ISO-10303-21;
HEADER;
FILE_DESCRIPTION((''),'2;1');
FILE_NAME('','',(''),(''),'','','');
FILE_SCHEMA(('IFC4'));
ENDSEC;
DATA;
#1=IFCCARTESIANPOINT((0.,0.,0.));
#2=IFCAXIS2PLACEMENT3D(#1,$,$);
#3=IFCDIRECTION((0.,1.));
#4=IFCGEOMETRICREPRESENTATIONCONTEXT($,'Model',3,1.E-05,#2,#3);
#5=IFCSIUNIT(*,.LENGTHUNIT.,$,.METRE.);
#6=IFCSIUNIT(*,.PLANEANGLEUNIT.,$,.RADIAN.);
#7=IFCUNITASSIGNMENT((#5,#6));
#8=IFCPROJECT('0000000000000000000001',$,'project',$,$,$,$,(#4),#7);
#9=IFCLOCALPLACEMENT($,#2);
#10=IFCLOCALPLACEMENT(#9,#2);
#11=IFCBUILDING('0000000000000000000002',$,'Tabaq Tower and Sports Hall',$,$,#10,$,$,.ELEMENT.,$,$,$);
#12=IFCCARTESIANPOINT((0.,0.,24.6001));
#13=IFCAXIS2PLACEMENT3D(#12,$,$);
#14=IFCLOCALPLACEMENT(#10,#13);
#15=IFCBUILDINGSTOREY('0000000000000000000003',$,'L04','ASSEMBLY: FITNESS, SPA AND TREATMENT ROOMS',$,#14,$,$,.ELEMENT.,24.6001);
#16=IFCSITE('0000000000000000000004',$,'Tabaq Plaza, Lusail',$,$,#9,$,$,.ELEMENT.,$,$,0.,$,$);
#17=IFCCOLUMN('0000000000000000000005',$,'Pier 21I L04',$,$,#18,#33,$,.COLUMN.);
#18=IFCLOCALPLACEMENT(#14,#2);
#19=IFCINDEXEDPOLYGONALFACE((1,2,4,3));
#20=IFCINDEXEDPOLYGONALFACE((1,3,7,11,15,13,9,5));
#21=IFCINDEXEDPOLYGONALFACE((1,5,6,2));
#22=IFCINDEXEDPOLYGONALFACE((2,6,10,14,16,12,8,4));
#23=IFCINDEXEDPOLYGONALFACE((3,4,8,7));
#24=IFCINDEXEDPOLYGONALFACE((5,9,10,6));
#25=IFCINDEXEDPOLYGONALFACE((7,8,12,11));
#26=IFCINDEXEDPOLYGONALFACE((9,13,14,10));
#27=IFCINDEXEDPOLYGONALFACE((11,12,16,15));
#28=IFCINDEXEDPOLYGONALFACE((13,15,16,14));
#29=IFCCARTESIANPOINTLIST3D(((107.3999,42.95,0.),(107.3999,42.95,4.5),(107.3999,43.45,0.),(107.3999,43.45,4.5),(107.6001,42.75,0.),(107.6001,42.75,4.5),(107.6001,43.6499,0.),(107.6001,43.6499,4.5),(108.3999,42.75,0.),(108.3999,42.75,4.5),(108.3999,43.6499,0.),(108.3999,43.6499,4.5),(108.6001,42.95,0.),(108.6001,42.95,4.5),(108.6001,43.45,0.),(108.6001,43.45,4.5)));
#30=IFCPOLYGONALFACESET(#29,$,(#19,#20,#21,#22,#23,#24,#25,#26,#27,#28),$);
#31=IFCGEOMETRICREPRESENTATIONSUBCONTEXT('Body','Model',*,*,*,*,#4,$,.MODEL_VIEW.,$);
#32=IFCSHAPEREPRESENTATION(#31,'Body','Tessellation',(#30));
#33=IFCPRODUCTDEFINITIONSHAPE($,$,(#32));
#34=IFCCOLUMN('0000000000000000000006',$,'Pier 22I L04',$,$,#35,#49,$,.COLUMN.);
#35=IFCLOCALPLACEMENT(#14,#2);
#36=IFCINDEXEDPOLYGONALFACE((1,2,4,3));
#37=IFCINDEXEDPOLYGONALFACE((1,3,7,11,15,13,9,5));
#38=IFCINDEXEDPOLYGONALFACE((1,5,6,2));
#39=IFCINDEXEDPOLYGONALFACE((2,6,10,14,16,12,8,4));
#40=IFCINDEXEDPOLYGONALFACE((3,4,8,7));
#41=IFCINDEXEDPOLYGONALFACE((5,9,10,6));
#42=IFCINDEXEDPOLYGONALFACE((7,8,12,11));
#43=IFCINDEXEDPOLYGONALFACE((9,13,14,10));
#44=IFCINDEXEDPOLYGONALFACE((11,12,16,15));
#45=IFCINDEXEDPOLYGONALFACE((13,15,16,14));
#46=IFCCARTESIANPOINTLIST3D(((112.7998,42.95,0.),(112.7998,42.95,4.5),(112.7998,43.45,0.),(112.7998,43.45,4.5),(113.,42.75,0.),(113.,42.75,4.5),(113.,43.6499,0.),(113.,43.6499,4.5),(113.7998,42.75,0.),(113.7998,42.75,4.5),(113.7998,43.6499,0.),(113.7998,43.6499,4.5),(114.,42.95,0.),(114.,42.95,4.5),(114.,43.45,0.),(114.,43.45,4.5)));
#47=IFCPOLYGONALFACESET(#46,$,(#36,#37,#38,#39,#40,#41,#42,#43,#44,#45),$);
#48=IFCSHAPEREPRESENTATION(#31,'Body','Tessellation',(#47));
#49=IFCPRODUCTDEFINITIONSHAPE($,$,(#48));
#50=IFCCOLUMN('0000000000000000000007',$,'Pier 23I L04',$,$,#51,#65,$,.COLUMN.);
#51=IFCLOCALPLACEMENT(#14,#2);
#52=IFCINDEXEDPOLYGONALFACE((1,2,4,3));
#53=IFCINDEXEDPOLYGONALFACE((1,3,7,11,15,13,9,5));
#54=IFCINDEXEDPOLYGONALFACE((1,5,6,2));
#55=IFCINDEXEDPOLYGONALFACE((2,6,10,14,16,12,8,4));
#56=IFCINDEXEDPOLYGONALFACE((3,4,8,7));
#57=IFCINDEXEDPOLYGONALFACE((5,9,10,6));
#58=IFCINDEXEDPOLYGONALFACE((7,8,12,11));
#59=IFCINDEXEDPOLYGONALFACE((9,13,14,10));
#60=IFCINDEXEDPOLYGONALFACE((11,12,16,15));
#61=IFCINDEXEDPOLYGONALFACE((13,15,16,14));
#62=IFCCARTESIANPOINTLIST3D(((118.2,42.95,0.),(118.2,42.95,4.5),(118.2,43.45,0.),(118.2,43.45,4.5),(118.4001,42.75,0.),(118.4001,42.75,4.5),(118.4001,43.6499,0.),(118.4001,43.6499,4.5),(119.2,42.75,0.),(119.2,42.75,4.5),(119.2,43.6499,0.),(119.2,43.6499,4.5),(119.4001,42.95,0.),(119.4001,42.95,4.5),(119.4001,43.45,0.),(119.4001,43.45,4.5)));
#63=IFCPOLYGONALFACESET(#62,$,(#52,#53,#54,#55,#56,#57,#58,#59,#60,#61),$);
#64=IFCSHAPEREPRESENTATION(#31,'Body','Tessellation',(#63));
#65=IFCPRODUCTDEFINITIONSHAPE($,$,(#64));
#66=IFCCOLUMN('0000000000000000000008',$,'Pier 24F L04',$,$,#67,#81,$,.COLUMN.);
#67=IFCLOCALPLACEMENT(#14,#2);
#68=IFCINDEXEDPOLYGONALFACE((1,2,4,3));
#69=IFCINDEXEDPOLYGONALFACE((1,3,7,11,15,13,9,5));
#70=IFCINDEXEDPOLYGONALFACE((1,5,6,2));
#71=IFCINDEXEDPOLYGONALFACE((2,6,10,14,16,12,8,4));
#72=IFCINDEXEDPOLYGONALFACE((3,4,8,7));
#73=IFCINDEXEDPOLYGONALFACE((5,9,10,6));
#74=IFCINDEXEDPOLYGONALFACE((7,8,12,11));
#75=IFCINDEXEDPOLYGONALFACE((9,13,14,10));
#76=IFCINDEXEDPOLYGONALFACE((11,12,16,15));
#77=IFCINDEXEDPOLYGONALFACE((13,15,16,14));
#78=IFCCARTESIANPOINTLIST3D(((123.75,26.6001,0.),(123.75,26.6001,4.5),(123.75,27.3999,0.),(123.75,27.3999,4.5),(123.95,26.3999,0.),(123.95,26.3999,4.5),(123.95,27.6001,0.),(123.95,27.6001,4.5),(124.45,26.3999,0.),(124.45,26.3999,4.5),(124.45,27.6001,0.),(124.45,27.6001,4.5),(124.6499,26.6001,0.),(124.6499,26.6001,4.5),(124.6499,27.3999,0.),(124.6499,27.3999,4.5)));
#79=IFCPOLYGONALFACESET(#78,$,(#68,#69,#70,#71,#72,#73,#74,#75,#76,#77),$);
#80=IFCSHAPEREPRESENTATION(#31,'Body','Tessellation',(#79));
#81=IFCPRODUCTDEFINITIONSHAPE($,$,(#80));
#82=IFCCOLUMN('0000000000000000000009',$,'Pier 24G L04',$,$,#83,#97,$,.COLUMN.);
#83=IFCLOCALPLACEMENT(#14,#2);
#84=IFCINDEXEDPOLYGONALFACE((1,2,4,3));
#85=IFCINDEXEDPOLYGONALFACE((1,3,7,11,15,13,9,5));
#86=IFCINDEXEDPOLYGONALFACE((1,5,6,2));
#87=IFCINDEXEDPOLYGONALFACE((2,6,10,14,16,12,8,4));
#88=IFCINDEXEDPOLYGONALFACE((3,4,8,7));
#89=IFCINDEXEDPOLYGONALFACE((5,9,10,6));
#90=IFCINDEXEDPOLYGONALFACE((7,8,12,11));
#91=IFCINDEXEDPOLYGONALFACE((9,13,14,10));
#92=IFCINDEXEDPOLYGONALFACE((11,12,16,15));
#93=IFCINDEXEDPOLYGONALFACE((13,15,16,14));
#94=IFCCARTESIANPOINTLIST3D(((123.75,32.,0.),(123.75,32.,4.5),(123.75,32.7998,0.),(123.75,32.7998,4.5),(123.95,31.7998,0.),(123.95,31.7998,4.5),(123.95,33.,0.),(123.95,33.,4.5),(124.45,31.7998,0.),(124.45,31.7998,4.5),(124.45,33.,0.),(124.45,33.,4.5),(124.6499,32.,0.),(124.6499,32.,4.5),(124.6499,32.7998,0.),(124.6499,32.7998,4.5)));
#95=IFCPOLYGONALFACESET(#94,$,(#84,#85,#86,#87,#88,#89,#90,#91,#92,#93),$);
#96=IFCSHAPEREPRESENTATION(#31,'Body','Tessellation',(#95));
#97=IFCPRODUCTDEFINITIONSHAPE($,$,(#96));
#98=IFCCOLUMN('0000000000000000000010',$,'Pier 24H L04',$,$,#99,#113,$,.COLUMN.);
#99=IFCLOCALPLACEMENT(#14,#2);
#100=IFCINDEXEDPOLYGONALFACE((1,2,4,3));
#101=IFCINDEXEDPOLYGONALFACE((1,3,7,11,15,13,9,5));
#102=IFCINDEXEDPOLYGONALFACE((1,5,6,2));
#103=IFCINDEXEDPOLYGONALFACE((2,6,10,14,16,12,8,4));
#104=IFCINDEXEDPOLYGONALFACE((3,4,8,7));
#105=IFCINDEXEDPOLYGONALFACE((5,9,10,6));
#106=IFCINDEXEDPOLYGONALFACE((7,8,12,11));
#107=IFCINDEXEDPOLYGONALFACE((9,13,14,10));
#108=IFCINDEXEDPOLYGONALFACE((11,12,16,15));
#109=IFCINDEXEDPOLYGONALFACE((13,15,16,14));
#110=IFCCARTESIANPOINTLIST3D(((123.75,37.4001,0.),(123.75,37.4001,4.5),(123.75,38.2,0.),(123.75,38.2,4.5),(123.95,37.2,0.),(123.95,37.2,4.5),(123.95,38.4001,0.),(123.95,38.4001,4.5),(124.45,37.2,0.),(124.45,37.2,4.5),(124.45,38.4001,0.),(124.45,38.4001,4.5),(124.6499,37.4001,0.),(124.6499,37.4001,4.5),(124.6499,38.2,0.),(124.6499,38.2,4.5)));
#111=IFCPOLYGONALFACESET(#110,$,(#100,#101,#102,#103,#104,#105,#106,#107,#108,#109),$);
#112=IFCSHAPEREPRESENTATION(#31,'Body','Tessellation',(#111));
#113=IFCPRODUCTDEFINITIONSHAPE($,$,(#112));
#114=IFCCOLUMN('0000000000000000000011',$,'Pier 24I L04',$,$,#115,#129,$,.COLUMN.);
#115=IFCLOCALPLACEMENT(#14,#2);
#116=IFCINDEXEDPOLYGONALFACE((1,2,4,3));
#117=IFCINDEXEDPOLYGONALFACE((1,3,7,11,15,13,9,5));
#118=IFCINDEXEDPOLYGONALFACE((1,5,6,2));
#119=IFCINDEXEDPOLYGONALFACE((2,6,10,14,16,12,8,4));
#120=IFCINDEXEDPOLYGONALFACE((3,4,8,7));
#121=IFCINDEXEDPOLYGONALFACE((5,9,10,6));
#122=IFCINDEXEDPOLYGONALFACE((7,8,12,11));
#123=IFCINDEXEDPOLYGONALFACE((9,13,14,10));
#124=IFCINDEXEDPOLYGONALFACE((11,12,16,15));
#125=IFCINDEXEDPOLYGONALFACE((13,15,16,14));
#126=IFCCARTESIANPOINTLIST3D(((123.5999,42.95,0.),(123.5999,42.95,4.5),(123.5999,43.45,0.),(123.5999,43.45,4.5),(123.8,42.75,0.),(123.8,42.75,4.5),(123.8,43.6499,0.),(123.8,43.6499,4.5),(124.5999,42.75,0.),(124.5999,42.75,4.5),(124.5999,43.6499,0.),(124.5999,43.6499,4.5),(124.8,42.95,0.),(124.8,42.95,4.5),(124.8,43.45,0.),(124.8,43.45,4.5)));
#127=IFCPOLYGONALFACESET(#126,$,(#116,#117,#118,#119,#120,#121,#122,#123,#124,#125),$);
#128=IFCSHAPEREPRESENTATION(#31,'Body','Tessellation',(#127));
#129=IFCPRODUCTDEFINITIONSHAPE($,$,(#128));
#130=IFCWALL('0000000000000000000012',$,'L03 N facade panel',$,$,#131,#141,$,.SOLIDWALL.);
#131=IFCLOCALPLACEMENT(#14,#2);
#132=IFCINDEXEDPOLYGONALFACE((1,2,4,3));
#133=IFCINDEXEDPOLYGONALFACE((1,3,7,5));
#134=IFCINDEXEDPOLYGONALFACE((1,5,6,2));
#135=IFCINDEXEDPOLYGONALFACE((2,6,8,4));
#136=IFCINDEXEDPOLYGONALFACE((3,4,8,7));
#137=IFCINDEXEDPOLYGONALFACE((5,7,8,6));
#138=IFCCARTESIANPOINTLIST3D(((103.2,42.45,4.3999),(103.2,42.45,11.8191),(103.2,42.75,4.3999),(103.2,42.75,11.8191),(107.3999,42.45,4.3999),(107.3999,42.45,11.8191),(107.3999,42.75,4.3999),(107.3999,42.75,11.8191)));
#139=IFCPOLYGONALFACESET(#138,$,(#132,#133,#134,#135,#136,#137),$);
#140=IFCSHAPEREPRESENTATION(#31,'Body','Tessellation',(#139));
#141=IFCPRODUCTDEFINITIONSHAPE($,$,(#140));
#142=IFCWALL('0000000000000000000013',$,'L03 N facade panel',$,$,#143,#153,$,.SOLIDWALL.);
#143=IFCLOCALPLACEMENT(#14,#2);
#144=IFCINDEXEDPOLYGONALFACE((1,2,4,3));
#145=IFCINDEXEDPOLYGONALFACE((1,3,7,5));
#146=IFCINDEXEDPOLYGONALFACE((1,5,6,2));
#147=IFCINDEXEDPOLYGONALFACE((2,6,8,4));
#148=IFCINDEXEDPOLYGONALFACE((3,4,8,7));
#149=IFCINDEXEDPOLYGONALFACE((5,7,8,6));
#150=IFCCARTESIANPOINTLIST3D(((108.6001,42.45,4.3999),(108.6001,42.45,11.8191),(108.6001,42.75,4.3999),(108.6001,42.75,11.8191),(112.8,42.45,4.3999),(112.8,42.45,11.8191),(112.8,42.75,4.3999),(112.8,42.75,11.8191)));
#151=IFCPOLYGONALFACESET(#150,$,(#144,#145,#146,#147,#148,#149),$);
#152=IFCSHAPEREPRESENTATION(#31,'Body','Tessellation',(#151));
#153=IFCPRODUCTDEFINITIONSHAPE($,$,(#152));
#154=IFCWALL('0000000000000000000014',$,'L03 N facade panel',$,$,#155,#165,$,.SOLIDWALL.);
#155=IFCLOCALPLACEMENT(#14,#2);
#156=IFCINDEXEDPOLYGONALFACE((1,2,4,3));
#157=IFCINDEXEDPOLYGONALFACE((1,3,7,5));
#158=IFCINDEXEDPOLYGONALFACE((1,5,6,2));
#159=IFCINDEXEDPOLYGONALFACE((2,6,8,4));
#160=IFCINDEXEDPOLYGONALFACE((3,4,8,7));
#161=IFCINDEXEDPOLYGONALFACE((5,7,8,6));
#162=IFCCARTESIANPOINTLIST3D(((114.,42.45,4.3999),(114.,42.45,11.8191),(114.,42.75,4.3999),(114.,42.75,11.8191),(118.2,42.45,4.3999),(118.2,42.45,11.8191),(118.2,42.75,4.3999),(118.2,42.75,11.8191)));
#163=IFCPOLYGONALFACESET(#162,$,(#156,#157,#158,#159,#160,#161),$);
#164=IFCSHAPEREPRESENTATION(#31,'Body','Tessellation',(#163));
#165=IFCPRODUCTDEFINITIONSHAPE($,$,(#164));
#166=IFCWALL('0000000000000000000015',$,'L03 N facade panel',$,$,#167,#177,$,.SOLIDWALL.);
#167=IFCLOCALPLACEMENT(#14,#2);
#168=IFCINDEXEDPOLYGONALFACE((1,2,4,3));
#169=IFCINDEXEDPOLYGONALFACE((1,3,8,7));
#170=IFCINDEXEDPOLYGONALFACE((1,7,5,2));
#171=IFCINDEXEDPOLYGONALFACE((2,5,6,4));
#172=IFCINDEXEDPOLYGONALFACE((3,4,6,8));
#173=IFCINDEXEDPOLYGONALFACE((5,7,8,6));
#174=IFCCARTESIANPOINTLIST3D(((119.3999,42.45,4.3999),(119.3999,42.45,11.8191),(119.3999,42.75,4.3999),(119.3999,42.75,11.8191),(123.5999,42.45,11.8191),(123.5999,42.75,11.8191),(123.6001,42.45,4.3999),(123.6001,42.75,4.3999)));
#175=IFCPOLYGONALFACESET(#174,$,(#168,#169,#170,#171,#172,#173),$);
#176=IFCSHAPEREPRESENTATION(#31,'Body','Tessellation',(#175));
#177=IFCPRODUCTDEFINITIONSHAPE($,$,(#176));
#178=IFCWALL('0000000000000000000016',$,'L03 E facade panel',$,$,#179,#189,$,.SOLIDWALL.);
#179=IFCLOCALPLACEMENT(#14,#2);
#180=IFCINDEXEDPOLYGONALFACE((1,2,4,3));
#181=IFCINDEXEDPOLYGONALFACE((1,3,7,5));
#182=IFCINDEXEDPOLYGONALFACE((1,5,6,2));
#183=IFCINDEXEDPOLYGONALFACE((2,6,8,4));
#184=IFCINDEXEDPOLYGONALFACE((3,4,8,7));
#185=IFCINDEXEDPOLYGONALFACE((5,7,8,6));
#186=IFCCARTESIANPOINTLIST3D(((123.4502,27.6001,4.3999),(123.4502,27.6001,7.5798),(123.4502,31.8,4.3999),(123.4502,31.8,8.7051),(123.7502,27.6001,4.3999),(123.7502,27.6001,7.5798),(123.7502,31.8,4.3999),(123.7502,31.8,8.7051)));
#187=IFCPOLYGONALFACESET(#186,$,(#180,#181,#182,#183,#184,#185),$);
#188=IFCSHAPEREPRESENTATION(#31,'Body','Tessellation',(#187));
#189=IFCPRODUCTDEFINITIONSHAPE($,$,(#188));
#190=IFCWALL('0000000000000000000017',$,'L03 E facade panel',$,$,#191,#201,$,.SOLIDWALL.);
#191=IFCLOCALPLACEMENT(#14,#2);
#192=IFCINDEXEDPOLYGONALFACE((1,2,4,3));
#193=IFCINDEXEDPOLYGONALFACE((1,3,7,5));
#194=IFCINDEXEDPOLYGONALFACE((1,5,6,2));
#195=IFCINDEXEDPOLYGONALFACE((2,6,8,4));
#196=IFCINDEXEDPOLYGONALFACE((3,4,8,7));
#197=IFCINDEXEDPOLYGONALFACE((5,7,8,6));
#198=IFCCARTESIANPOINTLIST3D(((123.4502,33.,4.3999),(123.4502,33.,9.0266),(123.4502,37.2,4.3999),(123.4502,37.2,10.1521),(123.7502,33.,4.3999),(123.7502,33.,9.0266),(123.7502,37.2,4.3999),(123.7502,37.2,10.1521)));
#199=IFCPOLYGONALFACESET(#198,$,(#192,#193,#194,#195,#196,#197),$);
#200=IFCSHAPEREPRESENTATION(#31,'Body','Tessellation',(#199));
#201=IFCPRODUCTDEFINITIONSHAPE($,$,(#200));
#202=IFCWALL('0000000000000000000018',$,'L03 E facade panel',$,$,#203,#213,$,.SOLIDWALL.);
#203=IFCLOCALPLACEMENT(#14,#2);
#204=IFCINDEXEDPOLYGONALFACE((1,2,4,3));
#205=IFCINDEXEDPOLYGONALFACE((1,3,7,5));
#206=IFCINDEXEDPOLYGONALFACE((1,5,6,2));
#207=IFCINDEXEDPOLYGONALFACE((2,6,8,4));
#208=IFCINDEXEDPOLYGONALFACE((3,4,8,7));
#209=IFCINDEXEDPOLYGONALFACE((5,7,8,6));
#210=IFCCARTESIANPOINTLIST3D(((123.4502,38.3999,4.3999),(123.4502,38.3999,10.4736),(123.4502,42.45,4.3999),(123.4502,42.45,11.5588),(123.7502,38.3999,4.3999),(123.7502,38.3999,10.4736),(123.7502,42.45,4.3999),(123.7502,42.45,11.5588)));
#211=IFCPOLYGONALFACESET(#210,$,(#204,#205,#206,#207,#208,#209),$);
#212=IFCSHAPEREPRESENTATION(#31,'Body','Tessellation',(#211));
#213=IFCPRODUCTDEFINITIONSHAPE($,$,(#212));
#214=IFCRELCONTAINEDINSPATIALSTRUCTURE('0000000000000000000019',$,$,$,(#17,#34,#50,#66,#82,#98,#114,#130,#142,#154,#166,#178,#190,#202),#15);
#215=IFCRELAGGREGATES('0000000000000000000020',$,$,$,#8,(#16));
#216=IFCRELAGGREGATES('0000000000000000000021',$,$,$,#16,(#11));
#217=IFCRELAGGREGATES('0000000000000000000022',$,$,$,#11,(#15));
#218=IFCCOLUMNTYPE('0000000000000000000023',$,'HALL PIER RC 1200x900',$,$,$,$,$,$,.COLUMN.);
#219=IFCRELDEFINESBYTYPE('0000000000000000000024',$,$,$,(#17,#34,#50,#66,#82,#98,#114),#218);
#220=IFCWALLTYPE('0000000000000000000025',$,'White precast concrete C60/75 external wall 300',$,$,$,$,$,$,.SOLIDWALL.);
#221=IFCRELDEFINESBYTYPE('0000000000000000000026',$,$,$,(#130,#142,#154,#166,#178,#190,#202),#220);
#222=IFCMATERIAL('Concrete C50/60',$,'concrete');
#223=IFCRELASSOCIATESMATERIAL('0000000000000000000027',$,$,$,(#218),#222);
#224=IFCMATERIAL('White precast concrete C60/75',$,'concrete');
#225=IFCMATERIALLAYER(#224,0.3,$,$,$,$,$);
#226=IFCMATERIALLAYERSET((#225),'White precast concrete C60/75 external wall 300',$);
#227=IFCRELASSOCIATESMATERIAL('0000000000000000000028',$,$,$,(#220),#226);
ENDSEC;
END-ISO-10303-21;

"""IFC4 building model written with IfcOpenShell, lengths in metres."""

from ifc_helpers import new_model, si_unit, direction, frame, origin, place, context, subcontext, project, spatial, polyline, outline, extrude, material, layer, layer_set, material_profile, profile_set, type_object, element, save


model = new_model("IFC4")

# Units and contexts
model_context = context("Model", 3, precision=1e-05, world=origin(), true_north=direction((0.0, 1.0)))
body_context = subcontext(model_context, "Body", "Model", "MODEL_VIEW")
ifc_project = project(units=[si_unit("LENGTHUNIT", "METRE"), si_unit("PLANEANGLEUNIT", "RADIAN")], contexts=[model_context])

# Site, building, storey
site_placement = place(None, origin())
site = spatial("IfcSite", under=ifc_project, at=site_placement, Name="Tabaq Plaza, Lusail", CompositionType="ELEMENT", RefElevation=0.0)
building_placement = place(site_placement, origin())
building = spatial("IfcBuilding", under=site, at=building_placement, Name="Tabaq Tower and Sports Hall", CompositionType="ELEMENT")
storey_placement = place(building_placement, frame((0.0, 0.0, 24.6001)))
storey = spatial("IfcBuildingStorey", under=building, at=storey_placement, Name="L04", Description="ASSEMBLY: FITNESS, SPA AND TREATMENT ROOMS", CompositionType="ELEMENT", Elevation=24.6001)

# Columns
ifc_material_1 = material(Name="Concrete C50/60", Category="concrete")
ifc_material_profile = material_profile(ifc_material_1, outline(polyline([(-0.3999, -0.45), (0.3999, -0.45), (0.6001, -0.25), (0.6001, 0.25), (0.3999, 0.45), (-0.3999, 0.45), (-0.6001, 0.25), (-0.6001, -0.25), (-0.3999, -0.45)])), Name="PIER 1200x900")
ifc_profile_set = profile_set([ifc_material_profile], Name="Concrete C50/60")
column_type = type_object("IfcColumnType", Name="HALL PIER RC 1200x900", PredefinedType="COLUMN", material=ifc_profile_set)
for number, where, z_axis, x_axis, name in (
    (1, (108.0, 43.2, 0.0), (0.0, 0.0, 1.0), (1.0, 0.0, 0.0), "Pier 21I L04"),
    (2, (113.3999, 43.2, 0.0), (0.0, 0.0, 1.0), (1.0, 0.0, 0.0), "Pier 22I L04"),
    (3, (118.8, 43.2, 0.0), (0.0, 0.0, 1.0), (1.0, 0.0, 0.0), "Pier 23I L04"),
    (4, (124.2, 27.0, 0.0), (0.0, 0.0, 1.0), (0.0, 1.0, 0.0), "Pier 24F L04"),
    (5, (124.2, 32.3999, 0.0), (0.0, 0.0, 1.0), (0.0, 1.0, 0.0), "Pier 24G L04"),
    (6, (124.2, 37.8, 0.0), (0.0, 0.0, 1.0), (0.0, 1.0, 0.0), "Pier 24H L04"),
    (7, (124.2, 43.2, 0.0), (0.0, 0.0, 1.0), (1.0, 0.0, 0.0), "Pier 24I L04"),
):
    element("IfcColumn", number, at=place(storey_placement, frame(where, z_axis=z_axis, x_axis=x_axis)), inside=storey, type_object=column_type, Name=name, PredefinedType="COLUMN", context=body_context, shape_type="SweptSolid", body=[
        extrude(outline(polyline([(-0.3999, -0.45), (0.3999, -0.45), (0.6001, -0.25), (0.6001, 0.25), (0.3999, 0.45), (-0.3999, 0.45), (-0.6001, 0.25), (-0.6001, -0.25), (-0.3999, -0.45)])), origin(), (0.0, 0.0, 1.0), 4.5),
    ])

# Walls
ifc_material_2 = material(Name="White precast concrete C60/75", Category="concrete")
ifc_layer_1 = layer(ifc_material_2, 0.3)
ifc_layer_set_1 = layer_set([ifc_layer_1], Name="White precast concrete C60/75 external wall 300")
wall_type = type_object("IfcWallType", Name="White precast concrete C60/75 external wall 300", PredefinedType="SOLIDWALL", material=ifc_layer_set_1)
for number, where, z_axis, x_axis, name in (
    (8, (103.2, 42.6001, 4.3999), (0.0, 0.0, 1.0), (1.0, 0.0, 0.0), "L03 N facade panel"),
    (9, (108.6001, 42.6001, 4.3999), (0.0, 0.0, 1.0), (1.0, 0.0, 0.0), "L03 N facade panel"),
    (10, (114.0, 42.6001, 4.3999), (0.0, 0.0, 1.0), (1.0, 0.0, 0.0), "L03 N facade panel"),
):
    element("IfcWall", number, at=place(storey_placement, frame(where, z_axis=z_axis, x_axis=x_axis)), inside=storey, type_object=wall_type, Name=name, PredefinedType="SOLIDWALL", context=body_context, shape_type="SweptSolid", body=[
        extrude(outline(polyline([(0.0, 0.0), (4.2, 0.0), (4.2, 7.4192), (0.0, 7.4192), (0.0, 0.0)])), frame((0.0, 0.1499, 0.0), z_axis=(0.0, -1.0, 0.0), x_axis=(1.0, 0.0, 0.0)), (0.0, 0.0, 1.0), 0.3),
    ])
wall_1_placement = place(storey_placement, frame((119.3999, 42.6001, 4.3999), z_axis=(0.0, 0.0, 1.0), x_axis=(1.0, 0.0, 0.0)))
element("IfcWall", 11, at=wall_1_placement, inside=storey, type_object=wall_type, Name="L03 N facade panel", PredefinedType="SOLIDWALL", context=body_context, shape_type="SweptSolid", body=[
    extrude(outline(polyline([(0.0, 0.0), (4.2002, 0.0), (4.2, 7.4192), (0.0, 7.4192), (0.0, 0.0)])), frame((0.0, 0.1499, 0.0), z_axis=(0.0, -1.0, 0.0), x_axis=(1.0, 0.0, 0.0)), (0.0, 0.0, 1.0), 0.3),
])
wall_2_placement = place(storey_placement, frame((123.6001, 27.6001, 4.3999), z_axis=(0.0, 0.0, 1.0), x_axis=(0.0, 1.0, 0.0)))
element("IfcWall", 12, at=wall_2_placement, inside=storey, type_object=wall_type, Name="L03 E facade panel", PredefinedType="SOLIDWALL", context=body_context, shape_type="SweptSolid", body=[
    extrude(outline(polyline([(0.0, 0.0), (4.2, 0.0), (4.2, 4.3052), (0.0, 3.1799), (0.0, 0.0)])), frame((0.0, 0.1499, 0.0), z_axis=(0.0, -1.0, 0.0), x_axis=(1.0, 0.0, 0.0)), (0.0, 0.0, 1.0), 0.3),
])
wall_3_placement = place(storey_placement, frame((123.6001, 33.0, 4.3999), z_axis=(0.0, 0.0, 1.0), x_axis=(0.0, 1.0, 0.0)))
element("IfcWall", 13, at=wall_3_placement, inside=storey, type_object=wall_type, Name="L03 E facade panel", PredefinedType="SOLIDWALL", context=body_context, shape_type="SweptSolid", body=[
    extrude(outline(polyline([(0.0, 0.0), (4.2, 0.0), (4.2, 5.7522), (0.0, 4.6267), (0.0, 0.0)])), frame((0.0, 0.1499, 0.0), z_axis=(0.0, -1.0, 0.0), x_axis=(1.0, 0.0, 0.0)), (0.0, 0.0, 1.0), 0.3),
])
wall_4_placement = place(storey_placement, frame((123.6001, 38.3999, 4.3999), z_axis=(0.0, 0.0, 1.0), x_axis=(0.0, 1.0, 0.0)))
element("IfcWall", 14, at=wall_4_placement, inside=storey, type_object=wall_type, Name="L03 E facade panel", PredefinedType="SOLIDWALL", context=body_context, shape_type="SweptSolid", body=[
    extrude(outline(polyline([(0.0, 0.0), (4.05, 0.0), (4.05, 7.1589), (0.0, 6.0737), (0.0, 0.0)])), frame((0.0, 0.1499, 0.0), z_axis=(0.0, -1.0, 0.0), x_axis=(1.0, 0.0, 0.0)), (0.0, 0.0, 1.0), 0.3),
])

save(model, "model.ifc")
